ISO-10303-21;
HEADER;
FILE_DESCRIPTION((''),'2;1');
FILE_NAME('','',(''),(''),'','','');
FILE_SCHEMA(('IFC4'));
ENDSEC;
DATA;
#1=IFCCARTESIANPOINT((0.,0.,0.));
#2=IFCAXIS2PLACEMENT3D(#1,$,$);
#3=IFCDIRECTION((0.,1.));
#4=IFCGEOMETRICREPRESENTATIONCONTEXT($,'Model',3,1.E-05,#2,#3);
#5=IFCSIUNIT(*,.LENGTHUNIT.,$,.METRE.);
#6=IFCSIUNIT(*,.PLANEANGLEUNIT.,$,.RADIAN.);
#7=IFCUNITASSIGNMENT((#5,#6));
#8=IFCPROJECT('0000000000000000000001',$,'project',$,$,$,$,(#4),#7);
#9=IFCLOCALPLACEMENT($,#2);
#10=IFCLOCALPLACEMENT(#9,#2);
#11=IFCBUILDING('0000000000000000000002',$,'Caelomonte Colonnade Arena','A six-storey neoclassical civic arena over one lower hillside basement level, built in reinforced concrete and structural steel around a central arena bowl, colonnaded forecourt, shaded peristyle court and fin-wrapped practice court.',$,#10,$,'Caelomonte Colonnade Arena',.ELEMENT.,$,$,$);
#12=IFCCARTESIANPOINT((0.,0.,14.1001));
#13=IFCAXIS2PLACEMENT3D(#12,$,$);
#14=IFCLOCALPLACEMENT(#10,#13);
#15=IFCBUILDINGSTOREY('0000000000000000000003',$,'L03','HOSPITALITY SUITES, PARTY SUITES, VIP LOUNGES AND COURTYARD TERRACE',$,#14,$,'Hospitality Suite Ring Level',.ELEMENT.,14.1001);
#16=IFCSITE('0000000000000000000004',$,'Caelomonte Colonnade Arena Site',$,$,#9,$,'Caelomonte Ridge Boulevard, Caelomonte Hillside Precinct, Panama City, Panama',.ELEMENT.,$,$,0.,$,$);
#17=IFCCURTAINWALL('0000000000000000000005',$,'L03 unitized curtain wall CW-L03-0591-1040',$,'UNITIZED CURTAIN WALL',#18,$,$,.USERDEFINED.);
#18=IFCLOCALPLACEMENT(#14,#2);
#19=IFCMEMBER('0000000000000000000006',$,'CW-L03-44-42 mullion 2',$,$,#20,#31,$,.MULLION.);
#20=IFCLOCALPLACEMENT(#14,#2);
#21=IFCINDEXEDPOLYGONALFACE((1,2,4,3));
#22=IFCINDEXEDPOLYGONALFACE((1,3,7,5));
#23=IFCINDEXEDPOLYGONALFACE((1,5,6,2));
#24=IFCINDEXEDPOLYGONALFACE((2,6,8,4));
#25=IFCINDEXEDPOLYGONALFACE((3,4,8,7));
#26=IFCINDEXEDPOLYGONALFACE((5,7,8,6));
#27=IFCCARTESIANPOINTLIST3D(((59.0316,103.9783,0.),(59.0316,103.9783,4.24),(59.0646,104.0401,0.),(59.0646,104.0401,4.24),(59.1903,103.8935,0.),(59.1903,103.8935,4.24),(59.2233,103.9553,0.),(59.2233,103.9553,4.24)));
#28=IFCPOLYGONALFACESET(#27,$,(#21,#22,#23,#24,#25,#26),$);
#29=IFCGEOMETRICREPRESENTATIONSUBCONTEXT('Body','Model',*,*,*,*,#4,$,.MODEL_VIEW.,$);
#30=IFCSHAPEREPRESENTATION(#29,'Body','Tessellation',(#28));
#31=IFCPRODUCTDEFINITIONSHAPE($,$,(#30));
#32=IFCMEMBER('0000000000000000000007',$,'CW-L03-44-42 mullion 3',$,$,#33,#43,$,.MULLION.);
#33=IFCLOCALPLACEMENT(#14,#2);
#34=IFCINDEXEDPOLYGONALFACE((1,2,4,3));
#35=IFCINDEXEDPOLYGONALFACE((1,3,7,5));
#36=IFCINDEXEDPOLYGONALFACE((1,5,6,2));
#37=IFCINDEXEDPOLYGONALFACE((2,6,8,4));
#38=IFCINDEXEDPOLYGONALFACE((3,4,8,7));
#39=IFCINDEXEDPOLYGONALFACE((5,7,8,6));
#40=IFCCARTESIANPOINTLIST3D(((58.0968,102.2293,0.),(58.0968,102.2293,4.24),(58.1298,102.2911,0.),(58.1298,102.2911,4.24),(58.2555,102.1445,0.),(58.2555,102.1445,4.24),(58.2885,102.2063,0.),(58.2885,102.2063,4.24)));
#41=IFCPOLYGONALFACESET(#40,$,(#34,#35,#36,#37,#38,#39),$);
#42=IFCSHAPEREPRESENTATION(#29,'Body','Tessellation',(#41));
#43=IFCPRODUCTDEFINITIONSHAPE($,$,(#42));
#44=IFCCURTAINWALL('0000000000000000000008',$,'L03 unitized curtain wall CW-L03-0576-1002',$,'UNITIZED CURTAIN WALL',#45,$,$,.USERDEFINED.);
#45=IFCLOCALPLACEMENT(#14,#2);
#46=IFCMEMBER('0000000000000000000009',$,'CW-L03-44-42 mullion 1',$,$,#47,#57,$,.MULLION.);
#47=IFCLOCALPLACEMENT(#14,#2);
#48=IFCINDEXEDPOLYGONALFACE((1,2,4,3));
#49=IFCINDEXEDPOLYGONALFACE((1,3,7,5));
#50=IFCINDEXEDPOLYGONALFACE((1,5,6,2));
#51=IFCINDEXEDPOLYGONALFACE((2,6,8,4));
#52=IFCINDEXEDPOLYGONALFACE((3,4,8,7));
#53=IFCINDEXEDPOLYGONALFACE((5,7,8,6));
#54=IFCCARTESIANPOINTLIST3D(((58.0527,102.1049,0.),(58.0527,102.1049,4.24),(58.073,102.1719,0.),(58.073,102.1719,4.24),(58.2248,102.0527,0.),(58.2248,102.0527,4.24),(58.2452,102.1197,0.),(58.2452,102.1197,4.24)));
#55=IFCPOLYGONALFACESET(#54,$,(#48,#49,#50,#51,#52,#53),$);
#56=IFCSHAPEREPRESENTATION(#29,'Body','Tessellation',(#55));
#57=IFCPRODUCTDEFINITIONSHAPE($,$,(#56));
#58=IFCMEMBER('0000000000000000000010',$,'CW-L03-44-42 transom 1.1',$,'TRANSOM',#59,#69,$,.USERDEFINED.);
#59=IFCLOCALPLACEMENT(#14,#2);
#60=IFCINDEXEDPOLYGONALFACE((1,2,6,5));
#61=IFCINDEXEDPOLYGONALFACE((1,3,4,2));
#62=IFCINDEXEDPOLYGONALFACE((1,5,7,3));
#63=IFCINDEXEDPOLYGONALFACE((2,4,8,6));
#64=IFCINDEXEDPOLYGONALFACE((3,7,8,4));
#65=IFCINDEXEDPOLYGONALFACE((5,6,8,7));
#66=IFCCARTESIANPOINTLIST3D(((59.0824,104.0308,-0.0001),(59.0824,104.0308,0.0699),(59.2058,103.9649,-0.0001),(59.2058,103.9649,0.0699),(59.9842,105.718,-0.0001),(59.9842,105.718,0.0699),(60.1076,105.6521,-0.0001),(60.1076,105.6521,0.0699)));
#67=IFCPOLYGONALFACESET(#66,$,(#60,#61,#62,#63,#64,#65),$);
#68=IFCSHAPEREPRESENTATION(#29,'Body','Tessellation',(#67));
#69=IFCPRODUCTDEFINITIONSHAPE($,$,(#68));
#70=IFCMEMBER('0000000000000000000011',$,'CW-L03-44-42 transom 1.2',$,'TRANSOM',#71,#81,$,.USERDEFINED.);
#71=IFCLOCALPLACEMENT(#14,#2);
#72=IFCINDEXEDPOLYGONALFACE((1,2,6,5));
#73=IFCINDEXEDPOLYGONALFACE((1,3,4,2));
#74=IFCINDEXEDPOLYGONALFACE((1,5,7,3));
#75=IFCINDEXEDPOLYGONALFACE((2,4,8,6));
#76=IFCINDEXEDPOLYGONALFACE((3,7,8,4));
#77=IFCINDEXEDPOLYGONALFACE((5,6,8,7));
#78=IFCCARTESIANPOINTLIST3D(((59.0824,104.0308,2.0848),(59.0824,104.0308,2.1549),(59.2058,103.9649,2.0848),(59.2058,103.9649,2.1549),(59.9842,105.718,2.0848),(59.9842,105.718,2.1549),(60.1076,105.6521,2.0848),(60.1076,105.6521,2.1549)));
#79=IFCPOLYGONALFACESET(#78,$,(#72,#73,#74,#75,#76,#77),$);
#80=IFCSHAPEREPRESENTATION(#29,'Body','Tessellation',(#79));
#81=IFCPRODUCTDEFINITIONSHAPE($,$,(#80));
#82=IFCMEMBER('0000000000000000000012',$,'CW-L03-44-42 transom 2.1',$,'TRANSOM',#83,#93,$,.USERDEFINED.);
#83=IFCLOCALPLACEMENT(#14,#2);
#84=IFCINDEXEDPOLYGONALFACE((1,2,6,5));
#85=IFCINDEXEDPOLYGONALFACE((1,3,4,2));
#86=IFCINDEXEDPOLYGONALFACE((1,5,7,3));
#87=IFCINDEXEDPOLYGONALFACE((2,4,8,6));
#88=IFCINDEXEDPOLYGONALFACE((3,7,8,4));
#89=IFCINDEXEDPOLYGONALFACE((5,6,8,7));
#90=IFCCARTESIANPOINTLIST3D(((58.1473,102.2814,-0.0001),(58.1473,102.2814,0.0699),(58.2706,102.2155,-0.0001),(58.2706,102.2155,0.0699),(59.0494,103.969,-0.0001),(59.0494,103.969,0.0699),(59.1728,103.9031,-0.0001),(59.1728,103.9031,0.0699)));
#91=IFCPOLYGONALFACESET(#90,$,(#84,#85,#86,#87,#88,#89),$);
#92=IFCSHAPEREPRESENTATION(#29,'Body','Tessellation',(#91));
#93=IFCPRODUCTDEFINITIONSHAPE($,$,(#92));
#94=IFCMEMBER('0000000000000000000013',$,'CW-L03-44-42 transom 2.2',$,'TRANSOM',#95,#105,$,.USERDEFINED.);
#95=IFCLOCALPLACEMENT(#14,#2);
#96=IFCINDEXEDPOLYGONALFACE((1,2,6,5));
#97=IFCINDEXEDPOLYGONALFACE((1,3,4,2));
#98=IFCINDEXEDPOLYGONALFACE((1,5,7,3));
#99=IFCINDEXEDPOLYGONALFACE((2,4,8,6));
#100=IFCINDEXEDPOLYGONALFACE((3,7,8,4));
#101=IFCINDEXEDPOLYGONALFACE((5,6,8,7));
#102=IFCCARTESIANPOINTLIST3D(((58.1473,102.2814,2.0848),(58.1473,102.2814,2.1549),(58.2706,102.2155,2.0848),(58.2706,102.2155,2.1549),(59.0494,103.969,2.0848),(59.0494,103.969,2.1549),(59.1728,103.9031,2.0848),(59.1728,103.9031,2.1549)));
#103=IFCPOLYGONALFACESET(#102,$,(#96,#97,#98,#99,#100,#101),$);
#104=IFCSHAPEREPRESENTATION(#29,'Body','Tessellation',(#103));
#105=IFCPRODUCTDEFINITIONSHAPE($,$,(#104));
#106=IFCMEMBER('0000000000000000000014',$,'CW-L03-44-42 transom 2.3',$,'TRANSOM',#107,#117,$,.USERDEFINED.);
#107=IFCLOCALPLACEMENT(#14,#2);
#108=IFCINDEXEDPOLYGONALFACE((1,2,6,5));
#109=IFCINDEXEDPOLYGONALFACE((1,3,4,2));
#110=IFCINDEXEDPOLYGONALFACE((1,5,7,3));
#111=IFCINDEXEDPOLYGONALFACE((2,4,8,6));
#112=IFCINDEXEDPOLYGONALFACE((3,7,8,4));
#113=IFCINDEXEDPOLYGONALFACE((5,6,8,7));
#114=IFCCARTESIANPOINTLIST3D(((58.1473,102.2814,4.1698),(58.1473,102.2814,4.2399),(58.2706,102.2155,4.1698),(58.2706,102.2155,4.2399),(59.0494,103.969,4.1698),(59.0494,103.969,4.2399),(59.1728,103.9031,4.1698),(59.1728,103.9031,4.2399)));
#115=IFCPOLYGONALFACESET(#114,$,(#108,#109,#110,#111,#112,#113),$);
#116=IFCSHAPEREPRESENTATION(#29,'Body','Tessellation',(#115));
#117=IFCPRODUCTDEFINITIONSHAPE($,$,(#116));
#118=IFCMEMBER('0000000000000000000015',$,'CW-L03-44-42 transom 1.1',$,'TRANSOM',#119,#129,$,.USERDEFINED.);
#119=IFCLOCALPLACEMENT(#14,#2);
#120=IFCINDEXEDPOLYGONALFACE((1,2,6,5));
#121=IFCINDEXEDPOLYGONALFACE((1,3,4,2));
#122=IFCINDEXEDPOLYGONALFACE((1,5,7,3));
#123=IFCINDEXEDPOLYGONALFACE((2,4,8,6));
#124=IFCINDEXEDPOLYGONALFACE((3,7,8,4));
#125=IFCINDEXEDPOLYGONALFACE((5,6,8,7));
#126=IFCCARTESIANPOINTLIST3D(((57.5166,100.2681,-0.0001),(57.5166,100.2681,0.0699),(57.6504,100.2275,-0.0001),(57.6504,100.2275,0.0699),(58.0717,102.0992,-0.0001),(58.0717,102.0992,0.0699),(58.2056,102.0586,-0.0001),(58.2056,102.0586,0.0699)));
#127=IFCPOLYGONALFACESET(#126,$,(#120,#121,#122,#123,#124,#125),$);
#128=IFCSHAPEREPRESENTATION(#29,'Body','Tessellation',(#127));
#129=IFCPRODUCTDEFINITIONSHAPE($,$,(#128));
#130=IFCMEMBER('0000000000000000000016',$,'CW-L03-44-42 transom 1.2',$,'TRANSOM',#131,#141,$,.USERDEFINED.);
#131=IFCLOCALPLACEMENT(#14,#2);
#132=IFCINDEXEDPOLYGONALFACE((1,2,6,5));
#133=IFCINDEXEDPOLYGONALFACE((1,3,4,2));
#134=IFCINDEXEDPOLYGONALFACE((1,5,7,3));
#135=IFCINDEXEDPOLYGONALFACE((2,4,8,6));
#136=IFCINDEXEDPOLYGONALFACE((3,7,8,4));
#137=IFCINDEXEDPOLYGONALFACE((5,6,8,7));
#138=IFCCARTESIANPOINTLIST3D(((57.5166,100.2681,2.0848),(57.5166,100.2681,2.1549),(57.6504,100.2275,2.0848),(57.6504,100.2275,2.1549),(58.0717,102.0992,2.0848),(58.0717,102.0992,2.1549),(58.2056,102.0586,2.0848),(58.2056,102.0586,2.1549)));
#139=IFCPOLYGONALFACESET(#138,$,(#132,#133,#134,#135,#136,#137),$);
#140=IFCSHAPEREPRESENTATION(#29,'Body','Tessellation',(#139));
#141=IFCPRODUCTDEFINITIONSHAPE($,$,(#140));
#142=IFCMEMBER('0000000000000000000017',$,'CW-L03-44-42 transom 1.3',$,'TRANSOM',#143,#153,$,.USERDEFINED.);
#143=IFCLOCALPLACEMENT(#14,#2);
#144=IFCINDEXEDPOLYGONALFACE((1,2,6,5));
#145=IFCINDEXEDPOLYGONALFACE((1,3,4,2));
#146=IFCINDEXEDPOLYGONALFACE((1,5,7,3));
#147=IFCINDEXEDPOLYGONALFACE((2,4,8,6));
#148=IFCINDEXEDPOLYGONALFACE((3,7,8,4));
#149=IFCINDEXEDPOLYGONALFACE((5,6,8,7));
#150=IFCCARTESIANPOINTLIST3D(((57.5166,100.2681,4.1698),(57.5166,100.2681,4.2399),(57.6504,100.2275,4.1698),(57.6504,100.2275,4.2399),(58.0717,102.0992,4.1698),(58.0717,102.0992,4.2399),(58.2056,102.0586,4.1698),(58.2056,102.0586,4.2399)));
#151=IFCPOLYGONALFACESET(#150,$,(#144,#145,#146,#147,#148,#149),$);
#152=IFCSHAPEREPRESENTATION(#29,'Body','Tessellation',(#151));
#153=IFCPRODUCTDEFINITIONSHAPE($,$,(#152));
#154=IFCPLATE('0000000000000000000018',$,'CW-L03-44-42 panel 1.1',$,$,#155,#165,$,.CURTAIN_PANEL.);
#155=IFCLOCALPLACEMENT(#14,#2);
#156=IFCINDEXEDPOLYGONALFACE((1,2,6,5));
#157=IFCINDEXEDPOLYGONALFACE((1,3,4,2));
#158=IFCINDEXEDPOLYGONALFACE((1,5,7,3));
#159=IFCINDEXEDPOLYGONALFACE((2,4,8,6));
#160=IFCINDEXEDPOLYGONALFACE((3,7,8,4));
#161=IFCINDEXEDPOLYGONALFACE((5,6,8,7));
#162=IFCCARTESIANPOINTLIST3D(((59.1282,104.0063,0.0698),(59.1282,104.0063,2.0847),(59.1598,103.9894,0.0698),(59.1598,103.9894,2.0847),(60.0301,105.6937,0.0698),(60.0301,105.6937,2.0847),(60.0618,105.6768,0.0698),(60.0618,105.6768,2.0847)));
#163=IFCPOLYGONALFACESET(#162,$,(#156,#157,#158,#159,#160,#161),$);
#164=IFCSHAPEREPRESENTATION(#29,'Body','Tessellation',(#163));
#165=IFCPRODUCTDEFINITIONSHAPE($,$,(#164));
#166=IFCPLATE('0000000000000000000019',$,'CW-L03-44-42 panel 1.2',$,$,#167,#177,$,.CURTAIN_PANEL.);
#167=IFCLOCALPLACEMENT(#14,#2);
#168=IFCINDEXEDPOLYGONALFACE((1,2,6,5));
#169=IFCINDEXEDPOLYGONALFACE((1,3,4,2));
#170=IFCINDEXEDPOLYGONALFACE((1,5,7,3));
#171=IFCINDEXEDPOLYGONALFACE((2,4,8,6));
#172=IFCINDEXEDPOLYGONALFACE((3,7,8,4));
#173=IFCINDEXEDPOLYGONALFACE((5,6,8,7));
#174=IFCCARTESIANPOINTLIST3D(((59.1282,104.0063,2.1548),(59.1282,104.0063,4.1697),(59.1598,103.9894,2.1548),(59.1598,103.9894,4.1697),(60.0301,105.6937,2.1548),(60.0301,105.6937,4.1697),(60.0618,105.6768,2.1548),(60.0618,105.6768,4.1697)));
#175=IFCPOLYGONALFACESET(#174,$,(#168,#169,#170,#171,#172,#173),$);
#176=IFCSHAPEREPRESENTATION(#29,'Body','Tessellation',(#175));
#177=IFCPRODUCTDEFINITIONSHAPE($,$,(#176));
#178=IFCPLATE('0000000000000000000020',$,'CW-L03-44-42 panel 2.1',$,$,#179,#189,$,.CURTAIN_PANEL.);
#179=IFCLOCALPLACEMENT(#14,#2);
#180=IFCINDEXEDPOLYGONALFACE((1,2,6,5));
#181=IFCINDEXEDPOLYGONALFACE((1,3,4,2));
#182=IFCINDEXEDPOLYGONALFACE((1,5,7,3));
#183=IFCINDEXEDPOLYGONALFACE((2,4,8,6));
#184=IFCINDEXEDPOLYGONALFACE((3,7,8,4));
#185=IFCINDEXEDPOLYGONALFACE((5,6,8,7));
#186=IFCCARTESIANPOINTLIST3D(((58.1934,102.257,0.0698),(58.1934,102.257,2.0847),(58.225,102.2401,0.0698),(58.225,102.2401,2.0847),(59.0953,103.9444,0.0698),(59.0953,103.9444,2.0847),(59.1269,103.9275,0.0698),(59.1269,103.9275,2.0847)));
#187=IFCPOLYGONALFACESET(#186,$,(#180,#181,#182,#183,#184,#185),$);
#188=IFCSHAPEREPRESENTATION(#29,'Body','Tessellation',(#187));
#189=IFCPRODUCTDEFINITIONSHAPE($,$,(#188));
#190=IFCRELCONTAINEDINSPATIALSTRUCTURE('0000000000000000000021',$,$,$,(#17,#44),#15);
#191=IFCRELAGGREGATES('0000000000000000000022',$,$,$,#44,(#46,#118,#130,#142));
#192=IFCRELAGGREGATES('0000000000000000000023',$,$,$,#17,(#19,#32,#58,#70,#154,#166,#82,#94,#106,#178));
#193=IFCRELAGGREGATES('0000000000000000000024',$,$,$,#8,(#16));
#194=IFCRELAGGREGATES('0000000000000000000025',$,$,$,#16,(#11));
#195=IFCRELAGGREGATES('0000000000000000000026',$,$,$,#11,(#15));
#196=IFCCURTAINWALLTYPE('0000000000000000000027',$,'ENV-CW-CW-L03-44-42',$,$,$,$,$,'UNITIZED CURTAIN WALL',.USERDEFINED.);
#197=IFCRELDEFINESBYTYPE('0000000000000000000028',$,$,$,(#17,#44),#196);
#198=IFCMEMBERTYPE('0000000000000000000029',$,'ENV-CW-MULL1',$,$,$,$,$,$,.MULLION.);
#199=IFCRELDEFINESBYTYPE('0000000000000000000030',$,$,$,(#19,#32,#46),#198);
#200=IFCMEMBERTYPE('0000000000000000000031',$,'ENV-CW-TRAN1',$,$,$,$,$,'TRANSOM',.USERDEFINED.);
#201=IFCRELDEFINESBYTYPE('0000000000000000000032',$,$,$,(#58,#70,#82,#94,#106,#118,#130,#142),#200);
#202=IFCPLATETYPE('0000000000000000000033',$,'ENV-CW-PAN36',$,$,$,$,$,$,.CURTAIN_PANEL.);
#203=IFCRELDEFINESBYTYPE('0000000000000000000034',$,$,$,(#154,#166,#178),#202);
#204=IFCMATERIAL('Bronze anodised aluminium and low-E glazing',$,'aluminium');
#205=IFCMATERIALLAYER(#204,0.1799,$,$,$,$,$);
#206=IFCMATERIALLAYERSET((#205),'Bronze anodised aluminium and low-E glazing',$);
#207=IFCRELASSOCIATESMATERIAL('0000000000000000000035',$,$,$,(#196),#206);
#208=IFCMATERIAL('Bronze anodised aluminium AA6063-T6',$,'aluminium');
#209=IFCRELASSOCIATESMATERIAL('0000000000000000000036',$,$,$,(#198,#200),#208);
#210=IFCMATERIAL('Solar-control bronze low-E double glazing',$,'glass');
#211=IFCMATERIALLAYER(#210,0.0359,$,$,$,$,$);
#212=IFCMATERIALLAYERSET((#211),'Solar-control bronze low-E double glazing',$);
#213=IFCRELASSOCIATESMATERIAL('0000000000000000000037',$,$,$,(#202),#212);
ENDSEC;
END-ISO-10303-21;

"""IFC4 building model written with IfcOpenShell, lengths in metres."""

from ifc_helpers import new_model, si_unit, direction, frame, origin, origin_2d, place, context, subcontext, project, spatial, rectangle, extrude, material, layer, layer_set, material_profile, profile_set, type_object, element, aggregate, save


model = new_model("IFC4")

# Units and contexts
model_context = context("Model", 3, precision=1e-05, world=origin(), true_north=direction((0.0, 1.0)))
body_context = subcontext(model_context, "Body", "Model", "MODEL_VIEW")
ifc_project = project(units=[si_unit("LENGTHUNIT", "METRE"), si_unit("PLANEANGLEUNIT", "RADIAN")], contexts=[model_context])

# Site, building, storey
site_placement = place(None, origin())
site = spatial("IfcSite", under=ifc_project, at=site_placement, Name="Caelomonte Colonnade Arena Site", LongName="Caelomonte Ridge Boulevard, Caelomonte Hillside Precinct, Panama City, Panama", CompositionType="ELEMENT", RefElevation=0.0)
building_placement = place(site_placement, origin())
building = spatial("IfcBuilding", under=site, at=building_placement, Name="Caelomonte Colonnade Arena", Description="A six-storey neoclassical civic arena over one lower hillside basement level, built in reinforced concrete and structural steel around a central arena bowl, colonnaded forecourt, shaded peristyle court and fin-wrapped practice court.", LongName="Caelomonte Colonnade Arena", CompositionType="ELEMENT")
storey_placement = place(building_placement, frame((0.0, 0.0, 14.1001)))
storey = spatial("IfcBuildingStorey", under=building, at=storey_placement, Name="L03", Description="HOSPITALITY SUITES, PARTY SUITES, VIP LOUNGES AND COURTYARD TERRACE", LongName="Hospitality Suite Ring Level", CompositionType="ELEMENT", Elevation=14.1001)

# Curtain wall, members
ifc_material_1 = material(Name="Bronze anodised aluminium and low-E glazing", Category="aluminium")
ifc_layer_1 = layer(ifc_material_1, 0.1799)
ifc_layer_set_1 = layer_set([ifc_layer_1], Name="Bronze anodised aluminium and low-E glazing")
curtain_wall_type = type_object("IfcCurtainWallType", Name="ENV-CW-CW-L03-44-42", ElementType="UNITIZED CURTAIN WALL", PredefinedType="USERDEFINED", material=ifc_layer_set_1)
curtain_wall_1_placement = place(storey_placement, origin())
curtain_wall_1 = element("IfcCurtainWall", 1, at=curtain_wall_1_placement, inside=storey, type_object=curtain_wall_type, Name="L03 unitized curtain wall CW-L03-0591-1040", ObjectType="UNITIZED CURTAIN WALL", PredefinedType="USERDEFINED")
ifc_material_2 = material(Name="Bronze anodised aluminium AA6063-T6", Category="aluminium")
ifc_material_profile_1 = material_profile(ifc_material_2, rectangle(XDim=0.0701, YDim=0.1799, at=origin_2d()), Name="CWM-70X180")
ifc_profile_set_1 = profile_set([ifc_material_profile_1], Name="Bronze anodised aluminium AA6063-T6")
member_type_1 = type_object("IfcMemberType", Name="ENV-CW-MULL1", PredefinedType="MULLION", material=ifc_profile_set_1)
member_1_placement = place(storey_placement, frame((59.1274, 103.9668, 0.0), z_axis=(0.0, 0.0, 1.0), x_axis=(-0.471394, -0.881923, 0.0)))
member_1 = element("IfcMember", 2, at=member_1_placement, type_object=member_type_1, Name="CW-L03-44-42 mullion 2", PredefinedType="MULLION", context=body_context, shape_type="SweptSolid", body=[
    extrude(rectangle(XDim=0.0701, YDim=0.1799, at=origin_2d()), origin(), (0.0, 0.0, 1.0), 4.24),
])
member_2_placement = place(storey_placement, frame((58.1926, 102.2178, 0.0), z_axis=(0.0, 0.0, 1.0), x_axis=(-0.471394, -0.881923, 0.0)))
member_2 = element("IfcMember", 3, at=member_2_placement, type_object=member_type_1, Name="CW-L03-44-42 mullion 3", PredefinedType="MULLION", context=body_context, shape_type="SweptSolid", body=[
    extrude(rectangle(XDim=0.0701, YDim=0.1799, at=origin_2d()), origin(), (0.0, 0.0, 1.0), 4.24),
])

# Curtain wall, member
curtain_wall_2_placement = place(storey_placement, origin())
curtain_wall_2 = element("IfcCurtainWall", 4, at=curtain_wall_2_placement, inside=storey, type_object=curtain_wall_type, Name="L03 unitized curtain wall CW-L03-0576-1002", ObjectType="UNITIZED CURTAIN WALL", PredefinedType="USERDEFINED")
member_3_placement = place(storey_placement, frame((58.1489, 102.1123, 0.0), z_axis=(0.0, 0.0, 1.0), x_axis=(-0.290256, -0.956949, 0.0)))
member_3 = element("IfcMember", 5, at=member_3_placement, type_object=member_type_1, Name="CW-L03-44-42 mullion 1", PredefinedType="MULLION", context=body_context, shape_type="SweptSolid", body=[
    extrude(rectangle(XDim=0.0701, YDim=0.1799, at=origin_2d()), origin(), (0.0, 0.0, 1.0), 4.24),
])

# Members
ifc_material_profile_2 = material_profile(ifc_material_2, rectangle(XDim=0.0701, YDim=0.1399, at=origin_2d()), Name="CWT-70X140")
ifc_profile_set_2 = profile_set([ifc_material_profile_2], Name="Bronze anodised aluminium AA6063-T6")
member_type_2 = type_object("IfcMemberType", Name="ENV-CW-TRAN1", ElementType="TRANSOM", PredefinedType="USERDEFINED", material=ifc_profile_set_2)
member_4_placement = place(storey_placement, frame((60.0459, 105.6851, 0.0349), z_axis=(-0.471396, -0.881922, 0.0), x_axis=(0.0, 0.0, 1.0)))
member_4 = element("IfcMember", 6, at=member_4_placement, type_object=member_type_2, Name="CW-L03-44-42 transom 1.1", ObjectType="TRANSOM", PredefinedType="USERDEFINED", context=body_context, shape_type="SweptSolid", body=[
    extrude(rectangle(XDim=0.0701, YDim=0.1399, at=origin_2d()), origin(), (0.0, 0.0, 1.0), 1.9131),
])
member_5_placement = place(storey_placement, frame((60.0459, 105.6851, 2.1199), z_axis=(-0.471396, -0.881922, 0.0), x_axis=(0.0, 0.0, 1.0)))
member_5 = element("IfcMember", 7, at=member_5_placement, type_object=member_type_2, Name="CW-L03-44-42 transom 1.2", ObjectType="TRANSOM", PredefinedType="USERDEFINED", context=body_context, shape_type="SweptSolid", body=[
    extrude(rectangle(XDim=0.0701, YDim=0.1399, at=origin_2d()), origin(), (0.0, 0.0, 1.0), 1.9131),
])
member_6_placement = place(storey_placement, frame((59.1111, 103.936, 0.0349), z_axis=(-0.471442, -0.881897, 0.0), x_axis=(0.0, 0.0, 1.0)))
member_6 = element("IfcMember", 8, at=member_6_placement, type_object=member_type_2, Name="CW-L03-44-42 transom 2.1", ObjectType="TRANSOM", PredefinedType="USERDEFINED", context=body_context, shape_type="SweptSolid", body=[
    extrude(rectangle(XDim=0.0701, YDim=0.1399, at=origin_2d()), origin(), (0.0, 0.0, 1.0), 1.9136),
])
member_7_placement = place(storey_placement, frame((59.1111, 103.936, 2.1199), z_axis=(-0.471442, -0.881897, 0.0), x_axis=(0.0, 0.0, 1.0)))
member_7 = element("IfcMember", 9, at=member_7_placement, type_object=member_type_2, Name="CW-L03-44-42 transom 2.2", ObjectType="TRANSOM", PredefinedType="USERDEFINED", context=body_context, shape_type="SweptSolid", body=[
    extrude(rectangle(XDim=0.0701, YDim=0.1399, at=origin_2d()), origin(), (0.0, 0.0, 1.0), 1.9136),
])
member_8_placement = place(storey_placement, frame((59.1111, 103.936, 4.2048), z_axis=(-0.471442, -0.881897, 0.0), x_axis=(0.0, 0.0, 1.0)))
member_8 = element("IfcMember", 10, at=member_8_placement, type_object=member_type_2, Name="CW-L03-44-42 transom 2.3", ObjectType="TRANSOM", PredefinedType="USERDEFINED", context=body_context, shape_type="SweptSolid", body=[
    extrude(rectangle(XDim=0.0701, YDim=0.1399, at=origin_2d()), origin(), (0.0, 0.0, 1.0), 1.9136),
])
member_9_placement = place(storey_placement, frame((58.1387, 102.0789, 0.0349), z_axis=(-0.290156, -0.956979, 0.0), x_axis=(0.0, 0.0, 1.0)))
member_9 = element("IfcMember", 11, at=member_9_placement, type_object=member_type_2, Name="CW-L03-44-42 transom 1.1", ObjectType="TRANSOM", PredefinedType="USERDEFINED", context=body_context, shape_type="SweptSolid", body=[
    extrude(rectangle(XDim=0.0701, YDim=0.1399, at=origin_2d()), origin(), (0.0, 0.0, 1.0), 1.9133),
])
member_10_placement = place(storey_placement, frame((58.1387, 102.0789, 2.1199), z_axis=(-0.290156, -0.956979, 0.0), x_axis=(0.0, 0.0, 1.0)))
member_10 = element("IfcMember", 12, at=member_10_placement, type_object=member_type_2, Name="CW-L03-44-42 transom 1.2", ObjectType="TRANSOM", PredefinedType="USERDEFINED", context=body_context, shape_type="SweptSolid", body=[
    extrude(rectangle(XDim=0.0701, YDim=0.1399, at=origin_2d()), origin(), (0.0, 0.0, 1.0), 1.9133),
])
member_11_placement = place(storey_placement, frame((58.1387, 102.0789, 4.2048), z_axis=(-0.290156, -0.956979, 0.0), x_axis=(0.0, 0.0, 1.0)))
member_11 = element("IfcMember", 13, at=member_11_placement, type_object=member_type_2, Name="CW-L03-44-42 transom 1.3", ObjectType="TRANSOM", PredefinedType="USERDEFINED", context=body_context, shape_type="SweptSolid", body=[
    extrude(rectangle(XDim=0.0701, YDim=0.1399, at=origin_2d()), origin(), (0.0, 0.0, 1.0), 1.9133),
])
aggregate(curtain_wall_2, [member_3, member_9, member_10, member_11])

# Plates
ifc_material_3 = material(Name="Solar-control bronze low-E double glazing", Category="glass")
ifc_layer_2 = layer(ifc_material_3, 0.0359)
ifc_layer_set_2 = layer_set([ifc_layer_2], Name="Solar-control bronze low-E double glazing")
plate_type = type_object("IfcPlateType", Name="ENV-CW-PAN36", PredefinedType="CURTAIN_PANEL", material=ifc_layer_set_2)
plate_1_placement = place(storey_placement, frame((59.595, 104.8416, 0.0698), z_axis=(0.0, 0.0, 1.0), x_axis=(-0.471394, -0.881923, 0.0)))
plate_1 = element("IfcPlate", 14, at=plate_1_placement, type_object=plate_type, Name="CW-L03-44-42 panel 1.1", PredefinedType="CURTAIN_PANEL", context=body_context, shape_type="SweptSolid", body=[
    extrude(rectangle(XDim=1.9133, YDim=0.0359, at=origin_2d()), origin(), (0.0, 0.0, 1.0), 2.0149),
])
plate_2_placement = place(storey_placement, frame((59.595, 104.8416, 2.1548), z_axis=(0.0, 0.0, 1.0), x_axis=(-0.471394, -0.881923, 0.0)))
plate_2 = element("IfcPlate", 15, at=plate_2_placement, type_object=plate_type, Name="CW-L03-44-42 panel 1.2", PredefinedType="CURTAIN_PANEL", context=body_context, shape_type="SweptSolid", body=[
    extrude(rectangle(XDim=1.9133, YDim=0.0359, at=origin_2d()), origin(), (0.0, 0.0, 1.0), 2.0149),
])
plate_3_placement = place(storey_placement, frame((58.6602, 103.0923, 0.0698), z_axis=(0.0, 0.0, 1.0), x_axis=(-0.471394, -0.881923, 0.0)))
plate_3 = element("IfcPlate", 16, at=plate_3_placement, type_object=plate_type, Name="CW-L03-44-42 panel 2.1", PredefinedType="CURTAIN_PANEL", context=body_context, shape_type="SweptSolid", body=[
    extrude(rectangle(XDim=1.9133, YDim=0.0359, at=origin_2d()), origin(), (0.0, 0.0, 1.0), 2.0149),
])
aggregate(curtain_wall_1, [member_1, member_2, member_4, member_5, plate_1, plate_2, member_6, member_7, member_8, plate_3])

save(model, "model.ifc")
